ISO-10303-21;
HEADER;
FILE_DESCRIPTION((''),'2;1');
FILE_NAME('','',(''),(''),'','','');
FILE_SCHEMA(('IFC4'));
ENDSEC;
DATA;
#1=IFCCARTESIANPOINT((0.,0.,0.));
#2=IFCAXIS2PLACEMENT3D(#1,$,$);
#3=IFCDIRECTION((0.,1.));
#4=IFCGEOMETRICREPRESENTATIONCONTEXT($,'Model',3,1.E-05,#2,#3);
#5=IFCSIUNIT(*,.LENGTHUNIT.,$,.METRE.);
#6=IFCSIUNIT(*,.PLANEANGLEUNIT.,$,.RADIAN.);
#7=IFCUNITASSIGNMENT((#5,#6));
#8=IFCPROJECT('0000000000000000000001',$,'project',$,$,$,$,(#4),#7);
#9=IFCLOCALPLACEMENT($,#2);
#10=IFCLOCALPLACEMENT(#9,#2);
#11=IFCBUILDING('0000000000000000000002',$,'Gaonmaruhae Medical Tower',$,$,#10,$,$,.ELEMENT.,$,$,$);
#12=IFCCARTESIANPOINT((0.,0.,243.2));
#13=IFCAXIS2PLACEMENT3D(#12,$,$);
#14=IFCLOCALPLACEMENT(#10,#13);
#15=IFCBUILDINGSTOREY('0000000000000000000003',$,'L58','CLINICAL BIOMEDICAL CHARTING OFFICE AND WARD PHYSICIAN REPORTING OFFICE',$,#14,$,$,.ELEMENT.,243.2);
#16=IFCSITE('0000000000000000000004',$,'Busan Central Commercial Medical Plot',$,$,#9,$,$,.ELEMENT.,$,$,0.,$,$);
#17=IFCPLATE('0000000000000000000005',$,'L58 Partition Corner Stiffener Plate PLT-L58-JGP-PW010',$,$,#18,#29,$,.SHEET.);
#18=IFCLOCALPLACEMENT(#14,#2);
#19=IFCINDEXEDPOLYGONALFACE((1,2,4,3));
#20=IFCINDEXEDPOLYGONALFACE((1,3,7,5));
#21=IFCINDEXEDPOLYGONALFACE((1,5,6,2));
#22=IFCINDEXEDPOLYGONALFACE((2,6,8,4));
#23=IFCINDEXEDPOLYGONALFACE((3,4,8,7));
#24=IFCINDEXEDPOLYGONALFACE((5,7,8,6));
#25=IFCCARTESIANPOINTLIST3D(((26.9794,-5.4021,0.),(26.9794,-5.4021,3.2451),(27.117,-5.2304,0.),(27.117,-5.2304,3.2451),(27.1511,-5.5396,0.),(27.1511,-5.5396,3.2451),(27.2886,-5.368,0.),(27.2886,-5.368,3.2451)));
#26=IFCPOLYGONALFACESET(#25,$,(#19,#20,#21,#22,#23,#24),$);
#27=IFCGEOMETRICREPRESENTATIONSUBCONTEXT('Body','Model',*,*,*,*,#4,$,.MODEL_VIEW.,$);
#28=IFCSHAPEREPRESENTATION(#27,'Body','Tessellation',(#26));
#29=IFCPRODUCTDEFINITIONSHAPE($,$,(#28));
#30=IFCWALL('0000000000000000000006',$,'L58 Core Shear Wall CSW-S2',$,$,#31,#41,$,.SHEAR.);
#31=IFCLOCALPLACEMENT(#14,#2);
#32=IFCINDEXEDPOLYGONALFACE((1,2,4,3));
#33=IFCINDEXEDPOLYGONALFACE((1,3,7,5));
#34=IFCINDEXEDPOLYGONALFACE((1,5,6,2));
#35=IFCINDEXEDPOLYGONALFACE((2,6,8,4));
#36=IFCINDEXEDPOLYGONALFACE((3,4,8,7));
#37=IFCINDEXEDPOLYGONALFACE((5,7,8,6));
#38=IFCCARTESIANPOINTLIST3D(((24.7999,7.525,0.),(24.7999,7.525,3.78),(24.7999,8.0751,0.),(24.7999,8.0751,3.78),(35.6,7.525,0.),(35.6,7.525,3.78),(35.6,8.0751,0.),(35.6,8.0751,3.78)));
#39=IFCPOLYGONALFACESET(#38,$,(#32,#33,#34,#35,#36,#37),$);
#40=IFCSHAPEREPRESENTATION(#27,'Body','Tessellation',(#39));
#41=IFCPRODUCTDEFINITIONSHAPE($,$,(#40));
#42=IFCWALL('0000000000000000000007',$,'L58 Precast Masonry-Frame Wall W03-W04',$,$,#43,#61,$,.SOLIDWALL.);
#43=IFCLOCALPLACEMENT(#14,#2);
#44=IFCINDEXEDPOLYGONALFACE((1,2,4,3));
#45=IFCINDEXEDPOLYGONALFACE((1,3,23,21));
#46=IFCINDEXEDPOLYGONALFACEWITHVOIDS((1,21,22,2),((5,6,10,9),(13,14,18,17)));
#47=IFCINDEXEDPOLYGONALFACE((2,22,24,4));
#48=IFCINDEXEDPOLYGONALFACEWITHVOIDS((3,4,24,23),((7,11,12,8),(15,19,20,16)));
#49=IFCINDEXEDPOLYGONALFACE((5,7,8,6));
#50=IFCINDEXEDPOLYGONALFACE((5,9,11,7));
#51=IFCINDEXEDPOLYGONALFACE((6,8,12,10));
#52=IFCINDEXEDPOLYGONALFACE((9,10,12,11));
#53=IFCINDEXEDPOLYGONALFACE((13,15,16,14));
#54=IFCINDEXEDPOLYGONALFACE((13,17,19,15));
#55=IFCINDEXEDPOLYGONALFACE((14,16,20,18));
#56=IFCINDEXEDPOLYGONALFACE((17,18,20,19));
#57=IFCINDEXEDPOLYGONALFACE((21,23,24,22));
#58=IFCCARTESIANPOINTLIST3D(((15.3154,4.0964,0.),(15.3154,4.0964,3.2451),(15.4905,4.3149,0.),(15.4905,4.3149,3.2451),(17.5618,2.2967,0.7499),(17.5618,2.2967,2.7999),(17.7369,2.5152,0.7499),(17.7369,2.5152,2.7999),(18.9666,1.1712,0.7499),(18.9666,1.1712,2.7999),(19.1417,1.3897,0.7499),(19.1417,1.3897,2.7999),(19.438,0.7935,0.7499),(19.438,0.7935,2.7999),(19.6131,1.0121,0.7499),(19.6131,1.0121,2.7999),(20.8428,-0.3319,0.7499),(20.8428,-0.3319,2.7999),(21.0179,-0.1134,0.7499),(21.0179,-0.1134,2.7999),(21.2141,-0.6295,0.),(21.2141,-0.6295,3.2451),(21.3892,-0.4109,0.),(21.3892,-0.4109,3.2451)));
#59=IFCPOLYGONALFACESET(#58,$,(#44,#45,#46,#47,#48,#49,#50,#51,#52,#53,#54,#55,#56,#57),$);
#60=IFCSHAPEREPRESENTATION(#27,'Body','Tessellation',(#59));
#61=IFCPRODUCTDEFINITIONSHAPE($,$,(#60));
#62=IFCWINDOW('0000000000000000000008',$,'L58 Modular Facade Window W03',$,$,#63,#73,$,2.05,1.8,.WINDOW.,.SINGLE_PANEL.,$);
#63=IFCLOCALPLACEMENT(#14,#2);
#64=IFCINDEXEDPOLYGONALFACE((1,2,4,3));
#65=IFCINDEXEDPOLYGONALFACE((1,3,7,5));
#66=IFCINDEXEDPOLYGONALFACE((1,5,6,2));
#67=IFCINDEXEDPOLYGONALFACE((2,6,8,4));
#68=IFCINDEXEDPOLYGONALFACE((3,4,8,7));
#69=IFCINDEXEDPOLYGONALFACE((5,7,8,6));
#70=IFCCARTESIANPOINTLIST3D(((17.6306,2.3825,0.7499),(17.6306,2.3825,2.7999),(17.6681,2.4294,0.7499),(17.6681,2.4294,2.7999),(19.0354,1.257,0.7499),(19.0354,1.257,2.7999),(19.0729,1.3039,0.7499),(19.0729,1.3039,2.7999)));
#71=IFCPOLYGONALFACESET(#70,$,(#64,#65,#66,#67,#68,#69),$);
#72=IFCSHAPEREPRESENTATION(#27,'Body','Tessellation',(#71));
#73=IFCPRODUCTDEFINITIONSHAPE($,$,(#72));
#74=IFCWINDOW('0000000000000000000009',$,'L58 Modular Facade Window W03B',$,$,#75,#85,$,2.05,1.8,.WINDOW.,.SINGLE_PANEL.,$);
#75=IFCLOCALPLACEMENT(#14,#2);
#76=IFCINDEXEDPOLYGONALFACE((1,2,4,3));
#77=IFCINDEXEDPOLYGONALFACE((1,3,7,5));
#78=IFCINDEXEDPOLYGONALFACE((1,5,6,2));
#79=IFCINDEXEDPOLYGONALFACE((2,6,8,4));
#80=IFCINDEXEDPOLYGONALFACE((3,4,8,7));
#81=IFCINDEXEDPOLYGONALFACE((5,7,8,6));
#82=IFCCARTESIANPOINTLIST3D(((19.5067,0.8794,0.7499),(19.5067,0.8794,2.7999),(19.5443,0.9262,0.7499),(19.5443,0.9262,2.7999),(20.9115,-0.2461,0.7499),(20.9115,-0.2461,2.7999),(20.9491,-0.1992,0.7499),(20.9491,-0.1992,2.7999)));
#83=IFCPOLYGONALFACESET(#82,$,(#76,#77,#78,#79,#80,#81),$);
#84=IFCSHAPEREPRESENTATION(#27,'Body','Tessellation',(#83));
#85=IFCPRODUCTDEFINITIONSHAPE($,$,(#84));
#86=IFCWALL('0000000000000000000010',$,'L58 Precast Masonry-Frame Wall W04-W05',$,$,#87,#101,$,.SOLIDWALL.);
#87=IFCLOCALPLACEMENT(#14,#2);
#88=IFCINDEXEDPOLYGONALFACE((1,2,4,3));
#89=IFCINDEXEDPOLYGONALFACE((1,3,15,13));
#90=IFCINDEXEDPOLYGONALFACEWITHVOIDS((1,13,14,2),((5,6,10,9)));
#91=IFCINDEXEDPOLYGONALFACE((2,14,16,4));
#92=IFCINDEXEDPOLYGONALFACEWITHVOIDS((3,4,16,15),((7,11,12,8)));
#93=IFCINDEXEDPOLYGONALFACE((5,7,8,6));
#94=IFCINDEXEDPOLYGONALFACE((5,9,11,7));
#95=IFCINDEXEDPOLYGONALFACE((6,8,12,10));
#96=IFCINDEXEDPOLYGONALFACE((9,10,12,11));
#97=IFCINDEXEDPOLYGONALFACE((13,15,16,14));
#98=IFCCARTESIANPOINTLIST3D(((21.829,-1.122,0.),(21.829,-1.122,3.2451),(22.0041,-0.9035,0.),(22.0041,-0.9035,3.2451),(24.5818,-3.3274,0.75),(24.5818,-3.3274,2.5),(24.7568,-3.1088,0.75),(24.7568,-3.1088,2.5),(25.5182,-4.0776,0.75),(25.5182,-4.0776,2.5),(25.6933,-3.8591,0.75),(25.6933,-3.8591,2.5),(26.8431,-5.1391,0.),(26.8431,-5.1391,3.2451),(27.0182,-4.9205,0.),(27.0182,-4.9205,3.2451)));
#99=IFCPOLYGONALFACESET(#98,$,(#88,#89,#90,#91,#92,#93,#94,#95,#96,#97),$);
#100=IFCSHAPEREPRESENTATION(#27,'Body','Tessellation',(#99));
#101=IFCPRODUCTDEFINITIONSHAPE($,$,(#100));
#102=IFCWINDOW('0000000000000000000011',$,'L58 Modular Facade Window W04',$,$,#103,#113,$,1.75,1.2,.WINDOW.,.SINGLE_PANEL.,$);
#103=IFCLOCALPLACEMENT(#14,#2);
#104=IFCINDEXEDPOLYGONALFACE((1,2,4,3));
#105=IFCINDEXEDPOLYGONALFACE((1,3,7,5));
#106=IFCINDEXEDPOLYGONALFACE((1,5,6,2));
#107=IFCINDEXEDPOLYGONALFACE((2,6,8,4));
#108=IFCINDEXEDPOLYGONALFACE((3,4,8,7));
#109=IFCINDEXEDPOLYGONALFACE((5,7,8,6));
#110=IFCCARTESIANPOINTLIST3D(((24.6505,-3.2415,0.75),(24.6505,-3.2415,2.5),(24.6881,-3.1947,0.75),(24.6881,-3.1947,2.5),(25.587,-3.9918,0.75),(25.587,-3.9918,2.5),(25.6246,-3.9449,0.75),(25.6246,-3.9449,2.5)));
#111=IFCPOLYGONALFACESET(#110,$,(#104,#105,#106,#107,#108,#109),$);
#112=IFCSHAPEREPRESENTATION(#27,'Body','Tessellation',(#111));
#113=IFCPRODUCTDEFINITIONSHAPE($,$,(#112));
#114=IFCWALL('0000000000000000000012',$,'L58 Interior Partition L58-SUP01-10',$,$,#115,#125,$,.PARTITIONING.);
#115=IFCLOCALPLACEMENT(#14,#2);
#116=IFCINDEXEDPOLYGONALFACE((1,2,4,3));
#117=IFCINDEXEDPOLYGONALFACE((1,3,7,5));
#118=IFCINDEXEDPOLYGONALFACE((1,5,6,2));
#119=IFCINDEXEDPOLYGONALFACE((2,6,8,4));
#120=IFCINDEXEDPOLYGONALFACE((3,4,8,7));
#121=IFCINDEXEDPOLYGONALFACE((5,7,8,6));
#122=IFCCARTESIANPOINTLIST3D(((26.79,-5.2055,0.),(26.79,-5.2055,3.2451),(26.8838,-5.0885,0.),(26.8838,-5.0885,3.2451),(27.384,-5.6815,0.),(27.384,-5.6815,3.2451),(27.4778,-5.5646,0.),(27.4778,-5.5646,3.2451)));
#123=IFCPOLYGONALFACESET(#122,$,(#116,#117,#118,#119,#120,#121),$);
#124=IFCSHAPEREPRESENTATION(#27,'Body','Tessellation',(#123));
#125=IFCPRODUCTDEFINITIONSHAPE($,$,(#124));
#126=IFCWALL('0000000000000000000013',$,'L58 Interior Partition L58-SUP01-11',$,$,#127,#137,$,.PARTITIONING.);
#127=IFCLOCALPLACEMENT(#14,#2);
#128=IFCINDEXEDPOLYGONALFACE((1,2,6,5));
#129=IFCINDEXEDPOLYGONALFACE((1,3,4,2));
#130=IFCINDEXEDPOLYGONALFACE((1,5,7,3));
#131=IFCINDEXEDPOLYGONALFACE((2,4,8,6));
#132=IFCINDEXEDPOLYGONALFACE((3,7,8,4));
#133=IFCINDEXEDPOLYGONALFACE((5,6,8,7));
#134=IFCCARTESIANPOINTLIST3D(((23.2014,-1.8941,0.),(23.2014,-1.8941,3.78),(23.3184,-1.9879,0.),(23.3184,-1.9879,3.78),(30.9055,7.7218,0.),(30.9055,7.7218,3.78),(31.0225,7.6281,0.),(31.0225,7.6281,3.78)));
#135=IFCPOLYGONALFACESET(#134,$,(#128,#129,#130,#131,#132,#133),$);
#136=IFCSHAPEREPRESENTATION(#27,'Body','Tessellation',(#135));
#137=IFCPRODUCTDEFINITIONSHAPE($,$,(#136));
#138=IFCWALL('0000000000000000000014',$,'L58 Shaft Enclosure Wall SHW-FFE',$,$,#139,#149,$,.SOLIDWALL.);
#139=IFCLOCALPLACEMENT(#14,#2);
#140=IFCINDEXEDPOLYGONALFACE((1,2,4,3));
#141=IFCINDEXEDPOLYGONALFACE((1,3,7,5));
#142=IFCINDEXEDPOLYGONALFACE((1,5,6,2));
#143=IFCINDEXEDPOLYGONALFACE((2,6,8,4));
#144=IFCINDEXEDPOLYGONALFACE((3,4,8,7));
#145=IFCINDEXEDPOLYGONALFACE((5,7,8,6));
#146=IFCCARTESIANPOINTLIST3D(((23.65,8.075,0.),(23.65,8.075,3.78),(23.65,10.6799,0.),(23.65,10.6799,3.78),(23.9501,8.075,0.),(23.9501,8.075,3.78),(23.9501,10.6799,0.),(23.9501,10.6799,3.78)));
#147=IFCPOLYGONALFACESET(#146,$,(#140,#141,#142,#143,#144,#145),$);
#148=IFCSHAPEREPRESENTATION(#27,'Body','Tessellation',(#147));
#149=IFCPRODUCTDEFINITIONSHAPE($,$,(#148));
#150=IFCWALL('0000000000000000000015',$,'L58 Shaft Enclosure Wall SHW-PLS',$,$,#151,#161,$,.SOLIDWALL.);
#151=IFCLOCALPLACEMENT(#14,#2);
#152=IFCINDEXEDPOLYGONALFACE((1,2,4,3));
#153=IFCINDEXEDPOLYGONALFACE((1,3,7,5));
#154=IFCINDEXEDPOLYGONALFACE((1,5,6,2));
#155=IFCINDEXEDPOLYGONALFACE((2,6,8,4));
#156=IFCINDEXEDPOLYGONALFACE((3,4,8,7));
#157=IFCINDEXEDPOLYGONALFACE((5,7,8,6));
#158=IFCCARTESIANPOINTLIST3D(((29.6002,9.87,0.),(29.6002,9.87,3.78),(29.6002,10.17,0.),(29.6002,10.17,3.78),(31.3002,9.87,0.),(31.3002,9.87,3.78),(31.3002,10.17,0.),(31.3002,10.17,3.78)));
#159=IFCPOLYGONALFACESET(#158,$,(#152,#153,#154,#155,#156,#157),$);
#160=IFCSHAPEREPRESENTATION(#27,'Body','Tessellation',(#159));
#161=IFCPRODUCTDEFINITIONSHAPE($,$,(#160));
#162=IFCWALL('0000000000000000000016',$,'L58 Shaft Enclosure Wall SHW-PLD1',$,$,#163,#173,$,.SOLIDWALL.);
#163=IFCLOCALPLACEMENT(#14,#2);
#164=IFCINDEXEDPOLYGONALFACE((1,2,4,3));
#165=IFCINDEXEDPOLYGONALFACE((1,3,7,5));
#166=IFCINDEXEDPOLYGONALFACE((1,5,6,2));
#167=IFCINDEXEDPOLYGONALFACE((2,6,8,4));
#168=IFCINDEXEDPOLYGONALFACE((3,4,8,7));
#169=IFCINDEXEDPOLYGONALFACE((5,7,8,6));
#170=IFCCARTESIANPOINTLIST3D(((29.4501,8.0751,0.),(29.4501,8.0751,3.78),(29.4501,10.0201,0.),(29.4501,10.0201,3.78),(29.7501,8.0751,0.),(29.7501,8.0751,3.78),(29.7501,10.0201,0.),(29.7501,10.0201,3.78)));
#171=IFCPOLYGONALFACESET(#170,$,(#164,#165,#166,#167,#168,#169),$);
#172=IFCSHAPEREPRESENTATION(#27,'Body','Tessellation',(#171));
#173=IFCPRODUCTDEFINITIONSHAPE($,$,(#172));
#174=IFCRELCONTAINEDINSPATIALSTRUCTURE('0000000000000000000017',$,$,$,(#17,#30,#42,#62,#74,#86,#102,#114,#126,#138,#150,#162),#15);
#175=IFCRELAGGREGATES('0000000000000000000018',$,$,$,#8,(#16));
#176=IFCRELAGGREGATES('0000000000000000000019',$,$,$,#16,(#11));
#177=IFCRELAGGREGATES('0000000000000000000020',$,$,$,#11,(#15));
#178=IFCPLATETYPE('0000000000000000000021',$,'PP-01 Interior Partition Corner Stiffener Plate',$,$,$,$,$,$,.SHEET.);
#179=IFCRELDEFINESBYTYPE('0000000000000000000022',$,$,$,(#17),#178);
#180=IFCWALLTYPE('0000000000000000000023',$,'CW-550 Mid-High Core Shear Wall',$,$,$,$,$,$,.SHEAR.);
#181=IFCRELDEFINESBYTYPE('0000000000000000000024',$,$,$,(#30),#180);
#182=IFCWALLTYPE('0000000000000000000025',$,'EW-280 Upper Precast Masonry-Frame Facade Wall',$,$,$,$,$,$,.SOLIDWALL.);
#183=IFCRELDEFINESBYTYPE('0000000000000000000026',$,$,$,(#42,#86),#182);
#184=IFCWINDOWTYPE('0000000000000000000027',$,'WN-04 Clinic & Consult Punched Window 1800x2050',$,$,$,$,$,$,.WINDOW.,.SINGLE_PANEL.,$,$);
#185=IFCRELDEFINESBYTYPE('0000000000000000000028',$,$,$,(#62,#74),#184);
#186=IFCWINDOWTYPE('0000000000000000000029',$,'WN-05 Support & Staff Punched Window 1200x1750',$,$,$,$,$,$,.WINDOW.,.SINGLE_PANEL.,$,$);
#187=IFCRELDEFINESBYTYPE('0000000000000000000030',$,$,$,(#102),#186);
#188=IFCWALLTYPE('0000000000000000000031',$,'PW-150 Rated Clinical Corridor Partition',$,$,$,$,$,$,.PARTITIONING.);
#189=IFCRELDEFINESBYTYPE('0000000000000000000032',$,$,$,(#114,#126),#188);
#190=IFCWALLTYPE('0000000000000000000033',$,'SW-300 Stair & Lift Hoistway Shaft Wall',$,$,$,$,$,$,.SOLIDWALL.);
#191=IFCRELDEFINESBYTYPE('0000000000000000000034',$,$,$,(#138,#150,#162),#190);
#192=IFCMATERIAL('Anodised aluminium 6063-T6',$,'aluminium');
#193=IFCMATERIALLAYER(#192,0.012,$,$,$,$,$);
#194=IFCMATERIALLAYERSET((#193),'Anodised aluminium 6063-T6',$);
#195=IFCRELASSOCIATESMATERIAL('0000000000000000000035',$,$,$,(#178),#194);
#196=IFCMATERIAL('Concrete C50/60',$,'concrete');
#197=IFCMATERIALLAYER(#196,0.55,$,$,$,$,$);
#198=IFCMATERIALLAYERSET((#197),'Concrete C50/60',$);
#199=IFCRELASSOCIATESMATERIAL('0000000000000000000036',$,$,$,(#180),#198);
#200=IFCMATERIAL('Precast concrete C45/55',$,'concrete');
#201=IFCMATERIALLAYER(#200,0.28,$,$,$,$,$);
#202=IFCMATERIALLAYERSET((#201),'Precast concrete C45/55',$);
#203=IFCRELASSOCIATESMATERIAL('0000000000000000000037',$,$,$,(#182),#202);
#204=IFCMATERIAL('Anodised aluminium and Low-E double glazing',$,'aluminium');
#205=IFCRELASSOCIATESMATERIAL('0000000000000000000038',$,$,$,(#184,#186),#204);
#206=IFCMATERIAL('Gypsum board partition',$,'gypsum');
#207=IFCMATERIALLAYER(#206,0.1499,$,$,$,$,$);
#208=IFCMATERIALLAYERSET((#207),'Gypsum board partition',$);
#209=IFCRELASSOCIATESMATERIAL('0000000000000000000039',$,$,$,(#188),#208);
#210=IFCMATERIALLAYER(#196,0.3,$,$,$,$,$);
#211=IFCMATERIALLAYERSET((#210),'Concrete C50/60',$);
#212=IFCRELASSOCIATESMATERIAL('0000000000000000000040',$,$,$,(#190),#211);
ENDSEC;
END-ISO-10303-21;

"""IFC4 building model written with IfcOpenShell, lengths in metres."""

from ifc_helpers import new_model, si_unit, direction, frame, frame_2d, origin, origin_2d, place, context, subcontext, project, spatial, rectangle, extrude, material, layer, layer_set, type_object, element, fill, save


model = new_model("IFC4")

# Units and contexts
model_context = context("Model", 3, precision=1e-05, world=origin(), true_north=direction((0.0, 1.0)))
body_context = subcontext(model_context, "Body", "Model", "MODEL_VIEW")
ifc_project = project(units=[si_unit("LENGTHUNIT", "METRE"), si_unit("PLANEANGLEUNIT", "RADIAN")], contexts=[model_context])

# Site, building, storey
site_placement = place(None, origin())
site = spatial("IfcSite", under=ifc_project, at=site_placement, Name="Busan Central Commercial Medical Plot", CompositionType="ELEMENT", RefElevation=0.0)
building_placement = place(site_placement, origin())
building = spatial("IfcBuilding", under=site, at=building_placement, Name="Gaonmaruhae Medical Tower", CompositionType="ELEMENT")
storey_placement = place(building_placement, frame((0.0, 0.0, 243.2)))
storey = spatial("IfcBuildingStorey", under=building, at=storey_placement, Name="L58", Description="CLINICAL BIOMEDICAL CHARTING OFFICE AND WARD PHYSICIAN REPORTING OFFICE", CompositionType="ELEMENT", Elevation=243.2)

# Shared definitions
ifc_material_1 = material(Name="Concrete C50/60", Category="concrete")

# Plate
ifc_material_2 = material(Name="Anodised aluminium 6063-T6", Category="aluminium")
ifc_layer_1 = layer(ifc_material_2, 0.012)
ifc_layer_set_1 = layer_set([ifc_layer_1], Name="Anodised aluminium 6063-T6")
plate_type = type_object("IfcPlateType", Name="PP-01 Interior Partition Corner Stiffener Plate", PredefinedType="SHEET", material=ifc_layer_set_1)
plate_placement = place(storey_placement, frame((27.134, -5.385, 0.0), z_axis=(0.0, 0.0, 1.0), x_axis=(-0.780354, 0.625338, 0.0)))
element("IfcPlate", 1, at=plate_placement, inside=storey, type_object=plate_type, Name="L58 Partition Corner Stiffener Plate PLT-L58-JGP-PW010", PredefinedType="SHEET", context=body_context, shape_type="SweptSolid", body=[
    extrude(rectangle(XDim=0.22, YDim=0.22, at=origin_2d()), origin(), (0.0, 0.0, 1.0), 3.2451),
])

# Wall
ifc_layer_2 = layer(ifc_material_1, 0.55)
ifc_layer_set_2 = layer_set([ifc_layer_2], Name="Concrete C50/60")
wall_type_1 = type_object("IfcWallType", Name="CW-550 Mid-High Core Shear Wall", PredefinedType="SHEAR", material=ifc_layer_set_2)
wall_1_placement = place(storey_placement, frame((24.8, 7.8, 0.0), z_axis=(0.0, 0.0, 1.0), x_axis=(1.0, 0.0, 0.0)))
element("IfcWall", 2, at=wall_1_placement, inside=storey, type_object=wall_type_1, Name="L58 Core Shear Wall CSW-S2", PredefinedType="SHEAR", context=body_context, shape_type="SweptSolid", body=[
    extrude(rectangle(XDim=10.8, YDim=0.55, at=frame_2d((5.3999, 0.0))), origin(), (0.0, 0.0, 1.0), 3.78),
])

# Wall, openings, windows
ifc_material_3 = material(Name="Precast concrete C45/55", Category="concrete")
ifc_layer_3 = layer(ifc_material_3, 0.28)
ifc_layer_set_3 = layer_set([ifc_layer_3], Name="Precast concrete C45/55")
wall_type_2 = type_object("IfcWallType", Name="EW-280 Upper Precast Masonry-Frame Facade Wall", PredefinedType="SOLIDWALL", material=ifc_layer_set_3)
wall_2_placement = place(storey_placement, frame((21.3018, -0.5203, 0.0), z_axis=(0.0, 0.0, 1.0), x_axis=(-0.780424, 0.62525, 0.0)))
wall_2 = element("IfcWall", 3, at=wall_2_placement, inside=storey, type_object=wall_type_2, Name="L58 Precast Masonry-Frame Wall W03-W04", PredefinedType="SOLIDWALL", context=body_context, shape_type="SweptSolid", body=[
    extrude(rectangle(XDim=7.5583, YDim=0.28, at=frame_2d((3.7793, 0.0))), origin(), (0.0, 0.0, 1.0), 3.2451),
])
opening_1_placement = place(wall_2_placement, frame((2.8801, 0.0, 0.75)))
opening_1 = element("IfcOpeningElement", 4, at=opening_1_placement, cuts=wall_2, PredefinedType="OPENING", context=body_context, shape_type="SweptSolid", body=[
    extrude(rectangle(XDim=1.8, YDim=2.05, at=frame_2d((0.8999, 1.0249))), frame((0.0, 0.1499, 0.0), z_axis=(0.0, -1.0, 0.0), x_axis=(1.0, 0.0, 0.0)), (0.0, 0.0, 1.0), 0.3),
])
opening_2_placement = place(wall_2_placement, frame((0.4761, 0.0, 0.75)))
opening_2 = element("IfcOpeningElement", 5, at=opening_2_placement, cuts=wall_2, PredefinedType="OPENING", context=body_context, shape_type="SweptSolid", body=[
    extrude(rectangle(XDim=1.8, YDim=2.05, at=frame_2d((0.8999, 1.0249))), frame((0.0, 0.1499, 0.0), z_axis=(0.0, -1.0, 0.0), x_axis=(1.0, 0.0, 0.0)), (0.0, 0.0, 1.0), 0.3),
])
ifc_material_4 = material(Name="Anodised aluminium and Low-E double glazing", Category="aluminium")
window_type_1 = type_object("IfcWindowType", Name="WN-04 Clinic & Consult Punched Window 1800x2050", PartitioningType="SINGLE_PANEL", PredefinedType="WINDOW", material=ifc_material_4)
window_1_placement = place(opening_1_placement, origin())
window_1 = element("IfcWindow", 6, at=window_1_placement, inside=storey, type_object=window_type_1, Name="L58 Modular Facade Window W03", OverallHeight=2.05, OverallWidth=1.8, PartitioningType="SINGLE_PANEL", PredefinedType="WINDOW", context=body_context, shape_type="SweptSolid", body=[
    extrude(rectangle(XDim=1.8, YDim=2.05, at=frame_2d((0.8999, 1.0249))), frame((0.0, 0.03, 0.0), z_axis=(0.0, -1.0, 0.0), x_axis=(1.0, 0.0, 0.0)), (0.0, 0.0, 1.0), 0.0601),
])
fill(opening_1, window_1)
window_2_placement = place(opening_2_placement, origin())
window_2 = element("IfcWindow", 7, at=window_2_placement, inside=storey, type_object=window_type_1, Name="L58 Modular Facade Window W03B", OverallHeight=2.05, OverallWidth=1.8, PartitioningType="SINGLE_PANEL", PredefinedType="WINDOW", context=body_context, shape_type="SweptSolid", body=[
    extrude(rectangle(XDim=1.8, YDim=2.05, at=frame_2d((0.8999, 1.0249))), frame((0.0, 0.03, 0.0), z_axis=(0.0, -1.0, 0.0), x_axis=(1.0, 0.0, 0.0)), (0.0, 0.0, 1.0), 0.0601),
])
fill(opening_2, window_2)

# Wall, opening, window
wall_3_placement = place(storey_placement, frame((26.9307, -5.0298, 0.0), z_axis=(0.0, 0.0, 1.0), x_axis=(-0.780431, 0.625242, 0.0)))
wall_3 = element("IfcWall", 8, at=wall_3_placement, inside=storey, type_object=wall_type_2, Name="L58 Precast Masonry-Frame Wall W04-W05", PredefinedType="SOLIDWALL", context=body_context, shape_type="SweptSolid", body=[
    extrude(rectangle(XDim=6.4248, YDim=0.28, at=frame_2d((3.2124, 0.0))), origin(), (0.0, 0.0, 1.0), 3.2451),
])
opening_3_placement = place(wall_3_placement, frame((1.6975, 0.0, 0.75)))
opening_3 = element("IfcOpeningElement", 9, at=opening_3_placement, cuts=wall_3, PredefinedType="OPENING", context=body_context, shape_type="SweptSolid", body=[
    extrude(rectangle(XDim=1.2, YDim=1.75, at=frame_2d((0.6001, 0.875))), frame((0.0, 0.1499, 0.0), z_axis=(0.0, -1.0, 0.0), x_axis=(1.0, 0.0, 0.0)), (0.0, 0.0, 1.0), 0.3),
])
window_type_2 = type_object("IfcWindowType", Name="WN-05 Support & Staff Punched Window 1200x1750", PartitioningType="SINGLE_PANEL", PredefinedType="WINDOW", material=ifc_material_4)
window_3_placement = place(opening_3_placement, origin())
window_3 = element("IfcWindow", 10, at=window_3_placement, inside=storey, type_object=window_type_2, Name="L58 Modular Facade Window W04", OverallHeight=1.75, OverallWidth=1.2, PartitioningType="SINGLE_PANEL", PredefinedType="WINDOW", context=body_context, shape_type="SweptSolid", body=[
    extrude(rectangle(XDim=1.2, YDim=1.75, at=frame_2d((0.6001, 0.875))), frame((0.0, 0.03, 0.0), z_axis=(0.0, -1.0, 0.0), x_axis=(1.0, 0.0, 0.0)), (0.0, 0.0, 1.0), 0.0601),
])
fill(opening_3, window_3)

# Shared definitions
ifc_material_5 = material(Name="Gypsum board partition", Category="gypsum")
ifc_layer_4 = layer(ifc_material_5, 0.1499)
ifc_layer_set_4 = layer_set([ifc_layer_4], Name="Gypsum board partition")
wall_type_3 = type_object("IfcWallType", Name="PW-150 Rated Clinical Corridor Partition", PredefinedType="PARTITIONING", material=ifc_layer_set_4)

# Walls
wall_4_placement = place(storey_placement, frame((27.4309, -5.623, 0.0), z_axis=(0.0, 0.0, 1.0), x_axis=(-0.780305, 0.625399, 0.0)))
element("IfcWall", 11, at=wall_4_placement, inside=storey, type_object=wall_type_3, Name="L58 Interior Partition L58-SUP01-10", PredefinedType="PARTITIONING", context=body_context, shape_type="SweptSolid", body=[
    extrude(rectangle(XDim=0.7612, YDim=0.1499, at=frame_2d((0.3806, 0.0))), origin(), (0.0, 0.0, 1.0), 3.2451),
])
wall_5_placement = place(storey_placement, frame((23.26, -1.9409, 0.0), z_axis=(0.0, 0.0, 1.0), x_axis=(0.625255, 0.78042, 0.0)))
element("IfcWall", 12, at=wall_5_placement, inside=storey, type_object=wall_type_3, Name="L58 Interior Partition L58-SUP01-11", PredefinedType="PARTITIONING", context=body_context, shape_type="SweptSolid", body=[
    extrude(rectangle(XDim=12.3215, YDim=0.1499, at=frame_2d((6.1606, 0.0))), origin(), (0.0, 0.0, 1.0), 3.78),
])
ifc_layer_5 = layer(ifc_material_1, 0.3)
ifc_layer_set_5 = layer_set([ifc_layer_5], Name="Concrete C50/60")
wall_type_4 = type_object("IfcWallType", Name="SW-300 Stair & Lift Hoistway Shaft Wall", PredefinedType="SOLIDWALL", material=ifc_layer_set_5)
wall_6_placement = place(storey_placement, frame((23.8, 8.075, 0.0), z_axis=(0.0, 0.0, 1.0), x_axis=(0.0, 1.0, 0.0)))
element("IfcWall", 13, at=wall_6_placement, inside=storey, type_object=wall_type_4, Name="L58 Shaft Enclosure Wall SHW-FFE", PredefinedType="SOLIDWALL", context=body_context, shape_type="SweptSolid", body=[
    extrude(rectangle(XDim=2.605, YDim=0.3, at=frame_2d((1.3025, 0.0))), origin(), (0.0, 0.0, 1.0), 3.78),
])
wall_7_placement = place(storey_placement, frame((29.6001, 10.02, 0.0), z_axis=(0.0, 0.0, 1.0), x_axis=(1.0, 0.0, 0.0)))
element("IfcWall", 14, at=wall_7_placement, inside=storey, type_object=wall_type_4, Name="L58 Shaft Enclosure Wall SHW-PLS", PredefinedType="SOLIDWALL", context=body_context, shape_type="SweptSolid", body=[
    extrude(rectangle(XDim=1.7, YDim=0.3, at=frame_2d((0.8501, 0.0))), origin(), (0.0, 0.0, 1.0), 3.78),
])
wall_8_placement = place(storey_placement, frame((29.6001, 8.075, 0.0), z_axis=(0.0, 0.0, 1.0), x_axis=(0.0, 1.0, 0.0)))
element("IfcWall", 15, at=wall_8_placement, inside=storey, type_object=wall_type_4, Name="L58 Shaft Enclosure Wall SHW-PLD1", PredefinedType="SOLIDWALL", context=body_context, shape_type="SweptSolid", body=[
    extrude(rectangle(XDim=1.9451, YDim=0.3, at=frame_2d((0.9727, 0.0))), origin(), (0.0, 0.0, 1.0), 3.78),
])

save(model, "model.ifc")
